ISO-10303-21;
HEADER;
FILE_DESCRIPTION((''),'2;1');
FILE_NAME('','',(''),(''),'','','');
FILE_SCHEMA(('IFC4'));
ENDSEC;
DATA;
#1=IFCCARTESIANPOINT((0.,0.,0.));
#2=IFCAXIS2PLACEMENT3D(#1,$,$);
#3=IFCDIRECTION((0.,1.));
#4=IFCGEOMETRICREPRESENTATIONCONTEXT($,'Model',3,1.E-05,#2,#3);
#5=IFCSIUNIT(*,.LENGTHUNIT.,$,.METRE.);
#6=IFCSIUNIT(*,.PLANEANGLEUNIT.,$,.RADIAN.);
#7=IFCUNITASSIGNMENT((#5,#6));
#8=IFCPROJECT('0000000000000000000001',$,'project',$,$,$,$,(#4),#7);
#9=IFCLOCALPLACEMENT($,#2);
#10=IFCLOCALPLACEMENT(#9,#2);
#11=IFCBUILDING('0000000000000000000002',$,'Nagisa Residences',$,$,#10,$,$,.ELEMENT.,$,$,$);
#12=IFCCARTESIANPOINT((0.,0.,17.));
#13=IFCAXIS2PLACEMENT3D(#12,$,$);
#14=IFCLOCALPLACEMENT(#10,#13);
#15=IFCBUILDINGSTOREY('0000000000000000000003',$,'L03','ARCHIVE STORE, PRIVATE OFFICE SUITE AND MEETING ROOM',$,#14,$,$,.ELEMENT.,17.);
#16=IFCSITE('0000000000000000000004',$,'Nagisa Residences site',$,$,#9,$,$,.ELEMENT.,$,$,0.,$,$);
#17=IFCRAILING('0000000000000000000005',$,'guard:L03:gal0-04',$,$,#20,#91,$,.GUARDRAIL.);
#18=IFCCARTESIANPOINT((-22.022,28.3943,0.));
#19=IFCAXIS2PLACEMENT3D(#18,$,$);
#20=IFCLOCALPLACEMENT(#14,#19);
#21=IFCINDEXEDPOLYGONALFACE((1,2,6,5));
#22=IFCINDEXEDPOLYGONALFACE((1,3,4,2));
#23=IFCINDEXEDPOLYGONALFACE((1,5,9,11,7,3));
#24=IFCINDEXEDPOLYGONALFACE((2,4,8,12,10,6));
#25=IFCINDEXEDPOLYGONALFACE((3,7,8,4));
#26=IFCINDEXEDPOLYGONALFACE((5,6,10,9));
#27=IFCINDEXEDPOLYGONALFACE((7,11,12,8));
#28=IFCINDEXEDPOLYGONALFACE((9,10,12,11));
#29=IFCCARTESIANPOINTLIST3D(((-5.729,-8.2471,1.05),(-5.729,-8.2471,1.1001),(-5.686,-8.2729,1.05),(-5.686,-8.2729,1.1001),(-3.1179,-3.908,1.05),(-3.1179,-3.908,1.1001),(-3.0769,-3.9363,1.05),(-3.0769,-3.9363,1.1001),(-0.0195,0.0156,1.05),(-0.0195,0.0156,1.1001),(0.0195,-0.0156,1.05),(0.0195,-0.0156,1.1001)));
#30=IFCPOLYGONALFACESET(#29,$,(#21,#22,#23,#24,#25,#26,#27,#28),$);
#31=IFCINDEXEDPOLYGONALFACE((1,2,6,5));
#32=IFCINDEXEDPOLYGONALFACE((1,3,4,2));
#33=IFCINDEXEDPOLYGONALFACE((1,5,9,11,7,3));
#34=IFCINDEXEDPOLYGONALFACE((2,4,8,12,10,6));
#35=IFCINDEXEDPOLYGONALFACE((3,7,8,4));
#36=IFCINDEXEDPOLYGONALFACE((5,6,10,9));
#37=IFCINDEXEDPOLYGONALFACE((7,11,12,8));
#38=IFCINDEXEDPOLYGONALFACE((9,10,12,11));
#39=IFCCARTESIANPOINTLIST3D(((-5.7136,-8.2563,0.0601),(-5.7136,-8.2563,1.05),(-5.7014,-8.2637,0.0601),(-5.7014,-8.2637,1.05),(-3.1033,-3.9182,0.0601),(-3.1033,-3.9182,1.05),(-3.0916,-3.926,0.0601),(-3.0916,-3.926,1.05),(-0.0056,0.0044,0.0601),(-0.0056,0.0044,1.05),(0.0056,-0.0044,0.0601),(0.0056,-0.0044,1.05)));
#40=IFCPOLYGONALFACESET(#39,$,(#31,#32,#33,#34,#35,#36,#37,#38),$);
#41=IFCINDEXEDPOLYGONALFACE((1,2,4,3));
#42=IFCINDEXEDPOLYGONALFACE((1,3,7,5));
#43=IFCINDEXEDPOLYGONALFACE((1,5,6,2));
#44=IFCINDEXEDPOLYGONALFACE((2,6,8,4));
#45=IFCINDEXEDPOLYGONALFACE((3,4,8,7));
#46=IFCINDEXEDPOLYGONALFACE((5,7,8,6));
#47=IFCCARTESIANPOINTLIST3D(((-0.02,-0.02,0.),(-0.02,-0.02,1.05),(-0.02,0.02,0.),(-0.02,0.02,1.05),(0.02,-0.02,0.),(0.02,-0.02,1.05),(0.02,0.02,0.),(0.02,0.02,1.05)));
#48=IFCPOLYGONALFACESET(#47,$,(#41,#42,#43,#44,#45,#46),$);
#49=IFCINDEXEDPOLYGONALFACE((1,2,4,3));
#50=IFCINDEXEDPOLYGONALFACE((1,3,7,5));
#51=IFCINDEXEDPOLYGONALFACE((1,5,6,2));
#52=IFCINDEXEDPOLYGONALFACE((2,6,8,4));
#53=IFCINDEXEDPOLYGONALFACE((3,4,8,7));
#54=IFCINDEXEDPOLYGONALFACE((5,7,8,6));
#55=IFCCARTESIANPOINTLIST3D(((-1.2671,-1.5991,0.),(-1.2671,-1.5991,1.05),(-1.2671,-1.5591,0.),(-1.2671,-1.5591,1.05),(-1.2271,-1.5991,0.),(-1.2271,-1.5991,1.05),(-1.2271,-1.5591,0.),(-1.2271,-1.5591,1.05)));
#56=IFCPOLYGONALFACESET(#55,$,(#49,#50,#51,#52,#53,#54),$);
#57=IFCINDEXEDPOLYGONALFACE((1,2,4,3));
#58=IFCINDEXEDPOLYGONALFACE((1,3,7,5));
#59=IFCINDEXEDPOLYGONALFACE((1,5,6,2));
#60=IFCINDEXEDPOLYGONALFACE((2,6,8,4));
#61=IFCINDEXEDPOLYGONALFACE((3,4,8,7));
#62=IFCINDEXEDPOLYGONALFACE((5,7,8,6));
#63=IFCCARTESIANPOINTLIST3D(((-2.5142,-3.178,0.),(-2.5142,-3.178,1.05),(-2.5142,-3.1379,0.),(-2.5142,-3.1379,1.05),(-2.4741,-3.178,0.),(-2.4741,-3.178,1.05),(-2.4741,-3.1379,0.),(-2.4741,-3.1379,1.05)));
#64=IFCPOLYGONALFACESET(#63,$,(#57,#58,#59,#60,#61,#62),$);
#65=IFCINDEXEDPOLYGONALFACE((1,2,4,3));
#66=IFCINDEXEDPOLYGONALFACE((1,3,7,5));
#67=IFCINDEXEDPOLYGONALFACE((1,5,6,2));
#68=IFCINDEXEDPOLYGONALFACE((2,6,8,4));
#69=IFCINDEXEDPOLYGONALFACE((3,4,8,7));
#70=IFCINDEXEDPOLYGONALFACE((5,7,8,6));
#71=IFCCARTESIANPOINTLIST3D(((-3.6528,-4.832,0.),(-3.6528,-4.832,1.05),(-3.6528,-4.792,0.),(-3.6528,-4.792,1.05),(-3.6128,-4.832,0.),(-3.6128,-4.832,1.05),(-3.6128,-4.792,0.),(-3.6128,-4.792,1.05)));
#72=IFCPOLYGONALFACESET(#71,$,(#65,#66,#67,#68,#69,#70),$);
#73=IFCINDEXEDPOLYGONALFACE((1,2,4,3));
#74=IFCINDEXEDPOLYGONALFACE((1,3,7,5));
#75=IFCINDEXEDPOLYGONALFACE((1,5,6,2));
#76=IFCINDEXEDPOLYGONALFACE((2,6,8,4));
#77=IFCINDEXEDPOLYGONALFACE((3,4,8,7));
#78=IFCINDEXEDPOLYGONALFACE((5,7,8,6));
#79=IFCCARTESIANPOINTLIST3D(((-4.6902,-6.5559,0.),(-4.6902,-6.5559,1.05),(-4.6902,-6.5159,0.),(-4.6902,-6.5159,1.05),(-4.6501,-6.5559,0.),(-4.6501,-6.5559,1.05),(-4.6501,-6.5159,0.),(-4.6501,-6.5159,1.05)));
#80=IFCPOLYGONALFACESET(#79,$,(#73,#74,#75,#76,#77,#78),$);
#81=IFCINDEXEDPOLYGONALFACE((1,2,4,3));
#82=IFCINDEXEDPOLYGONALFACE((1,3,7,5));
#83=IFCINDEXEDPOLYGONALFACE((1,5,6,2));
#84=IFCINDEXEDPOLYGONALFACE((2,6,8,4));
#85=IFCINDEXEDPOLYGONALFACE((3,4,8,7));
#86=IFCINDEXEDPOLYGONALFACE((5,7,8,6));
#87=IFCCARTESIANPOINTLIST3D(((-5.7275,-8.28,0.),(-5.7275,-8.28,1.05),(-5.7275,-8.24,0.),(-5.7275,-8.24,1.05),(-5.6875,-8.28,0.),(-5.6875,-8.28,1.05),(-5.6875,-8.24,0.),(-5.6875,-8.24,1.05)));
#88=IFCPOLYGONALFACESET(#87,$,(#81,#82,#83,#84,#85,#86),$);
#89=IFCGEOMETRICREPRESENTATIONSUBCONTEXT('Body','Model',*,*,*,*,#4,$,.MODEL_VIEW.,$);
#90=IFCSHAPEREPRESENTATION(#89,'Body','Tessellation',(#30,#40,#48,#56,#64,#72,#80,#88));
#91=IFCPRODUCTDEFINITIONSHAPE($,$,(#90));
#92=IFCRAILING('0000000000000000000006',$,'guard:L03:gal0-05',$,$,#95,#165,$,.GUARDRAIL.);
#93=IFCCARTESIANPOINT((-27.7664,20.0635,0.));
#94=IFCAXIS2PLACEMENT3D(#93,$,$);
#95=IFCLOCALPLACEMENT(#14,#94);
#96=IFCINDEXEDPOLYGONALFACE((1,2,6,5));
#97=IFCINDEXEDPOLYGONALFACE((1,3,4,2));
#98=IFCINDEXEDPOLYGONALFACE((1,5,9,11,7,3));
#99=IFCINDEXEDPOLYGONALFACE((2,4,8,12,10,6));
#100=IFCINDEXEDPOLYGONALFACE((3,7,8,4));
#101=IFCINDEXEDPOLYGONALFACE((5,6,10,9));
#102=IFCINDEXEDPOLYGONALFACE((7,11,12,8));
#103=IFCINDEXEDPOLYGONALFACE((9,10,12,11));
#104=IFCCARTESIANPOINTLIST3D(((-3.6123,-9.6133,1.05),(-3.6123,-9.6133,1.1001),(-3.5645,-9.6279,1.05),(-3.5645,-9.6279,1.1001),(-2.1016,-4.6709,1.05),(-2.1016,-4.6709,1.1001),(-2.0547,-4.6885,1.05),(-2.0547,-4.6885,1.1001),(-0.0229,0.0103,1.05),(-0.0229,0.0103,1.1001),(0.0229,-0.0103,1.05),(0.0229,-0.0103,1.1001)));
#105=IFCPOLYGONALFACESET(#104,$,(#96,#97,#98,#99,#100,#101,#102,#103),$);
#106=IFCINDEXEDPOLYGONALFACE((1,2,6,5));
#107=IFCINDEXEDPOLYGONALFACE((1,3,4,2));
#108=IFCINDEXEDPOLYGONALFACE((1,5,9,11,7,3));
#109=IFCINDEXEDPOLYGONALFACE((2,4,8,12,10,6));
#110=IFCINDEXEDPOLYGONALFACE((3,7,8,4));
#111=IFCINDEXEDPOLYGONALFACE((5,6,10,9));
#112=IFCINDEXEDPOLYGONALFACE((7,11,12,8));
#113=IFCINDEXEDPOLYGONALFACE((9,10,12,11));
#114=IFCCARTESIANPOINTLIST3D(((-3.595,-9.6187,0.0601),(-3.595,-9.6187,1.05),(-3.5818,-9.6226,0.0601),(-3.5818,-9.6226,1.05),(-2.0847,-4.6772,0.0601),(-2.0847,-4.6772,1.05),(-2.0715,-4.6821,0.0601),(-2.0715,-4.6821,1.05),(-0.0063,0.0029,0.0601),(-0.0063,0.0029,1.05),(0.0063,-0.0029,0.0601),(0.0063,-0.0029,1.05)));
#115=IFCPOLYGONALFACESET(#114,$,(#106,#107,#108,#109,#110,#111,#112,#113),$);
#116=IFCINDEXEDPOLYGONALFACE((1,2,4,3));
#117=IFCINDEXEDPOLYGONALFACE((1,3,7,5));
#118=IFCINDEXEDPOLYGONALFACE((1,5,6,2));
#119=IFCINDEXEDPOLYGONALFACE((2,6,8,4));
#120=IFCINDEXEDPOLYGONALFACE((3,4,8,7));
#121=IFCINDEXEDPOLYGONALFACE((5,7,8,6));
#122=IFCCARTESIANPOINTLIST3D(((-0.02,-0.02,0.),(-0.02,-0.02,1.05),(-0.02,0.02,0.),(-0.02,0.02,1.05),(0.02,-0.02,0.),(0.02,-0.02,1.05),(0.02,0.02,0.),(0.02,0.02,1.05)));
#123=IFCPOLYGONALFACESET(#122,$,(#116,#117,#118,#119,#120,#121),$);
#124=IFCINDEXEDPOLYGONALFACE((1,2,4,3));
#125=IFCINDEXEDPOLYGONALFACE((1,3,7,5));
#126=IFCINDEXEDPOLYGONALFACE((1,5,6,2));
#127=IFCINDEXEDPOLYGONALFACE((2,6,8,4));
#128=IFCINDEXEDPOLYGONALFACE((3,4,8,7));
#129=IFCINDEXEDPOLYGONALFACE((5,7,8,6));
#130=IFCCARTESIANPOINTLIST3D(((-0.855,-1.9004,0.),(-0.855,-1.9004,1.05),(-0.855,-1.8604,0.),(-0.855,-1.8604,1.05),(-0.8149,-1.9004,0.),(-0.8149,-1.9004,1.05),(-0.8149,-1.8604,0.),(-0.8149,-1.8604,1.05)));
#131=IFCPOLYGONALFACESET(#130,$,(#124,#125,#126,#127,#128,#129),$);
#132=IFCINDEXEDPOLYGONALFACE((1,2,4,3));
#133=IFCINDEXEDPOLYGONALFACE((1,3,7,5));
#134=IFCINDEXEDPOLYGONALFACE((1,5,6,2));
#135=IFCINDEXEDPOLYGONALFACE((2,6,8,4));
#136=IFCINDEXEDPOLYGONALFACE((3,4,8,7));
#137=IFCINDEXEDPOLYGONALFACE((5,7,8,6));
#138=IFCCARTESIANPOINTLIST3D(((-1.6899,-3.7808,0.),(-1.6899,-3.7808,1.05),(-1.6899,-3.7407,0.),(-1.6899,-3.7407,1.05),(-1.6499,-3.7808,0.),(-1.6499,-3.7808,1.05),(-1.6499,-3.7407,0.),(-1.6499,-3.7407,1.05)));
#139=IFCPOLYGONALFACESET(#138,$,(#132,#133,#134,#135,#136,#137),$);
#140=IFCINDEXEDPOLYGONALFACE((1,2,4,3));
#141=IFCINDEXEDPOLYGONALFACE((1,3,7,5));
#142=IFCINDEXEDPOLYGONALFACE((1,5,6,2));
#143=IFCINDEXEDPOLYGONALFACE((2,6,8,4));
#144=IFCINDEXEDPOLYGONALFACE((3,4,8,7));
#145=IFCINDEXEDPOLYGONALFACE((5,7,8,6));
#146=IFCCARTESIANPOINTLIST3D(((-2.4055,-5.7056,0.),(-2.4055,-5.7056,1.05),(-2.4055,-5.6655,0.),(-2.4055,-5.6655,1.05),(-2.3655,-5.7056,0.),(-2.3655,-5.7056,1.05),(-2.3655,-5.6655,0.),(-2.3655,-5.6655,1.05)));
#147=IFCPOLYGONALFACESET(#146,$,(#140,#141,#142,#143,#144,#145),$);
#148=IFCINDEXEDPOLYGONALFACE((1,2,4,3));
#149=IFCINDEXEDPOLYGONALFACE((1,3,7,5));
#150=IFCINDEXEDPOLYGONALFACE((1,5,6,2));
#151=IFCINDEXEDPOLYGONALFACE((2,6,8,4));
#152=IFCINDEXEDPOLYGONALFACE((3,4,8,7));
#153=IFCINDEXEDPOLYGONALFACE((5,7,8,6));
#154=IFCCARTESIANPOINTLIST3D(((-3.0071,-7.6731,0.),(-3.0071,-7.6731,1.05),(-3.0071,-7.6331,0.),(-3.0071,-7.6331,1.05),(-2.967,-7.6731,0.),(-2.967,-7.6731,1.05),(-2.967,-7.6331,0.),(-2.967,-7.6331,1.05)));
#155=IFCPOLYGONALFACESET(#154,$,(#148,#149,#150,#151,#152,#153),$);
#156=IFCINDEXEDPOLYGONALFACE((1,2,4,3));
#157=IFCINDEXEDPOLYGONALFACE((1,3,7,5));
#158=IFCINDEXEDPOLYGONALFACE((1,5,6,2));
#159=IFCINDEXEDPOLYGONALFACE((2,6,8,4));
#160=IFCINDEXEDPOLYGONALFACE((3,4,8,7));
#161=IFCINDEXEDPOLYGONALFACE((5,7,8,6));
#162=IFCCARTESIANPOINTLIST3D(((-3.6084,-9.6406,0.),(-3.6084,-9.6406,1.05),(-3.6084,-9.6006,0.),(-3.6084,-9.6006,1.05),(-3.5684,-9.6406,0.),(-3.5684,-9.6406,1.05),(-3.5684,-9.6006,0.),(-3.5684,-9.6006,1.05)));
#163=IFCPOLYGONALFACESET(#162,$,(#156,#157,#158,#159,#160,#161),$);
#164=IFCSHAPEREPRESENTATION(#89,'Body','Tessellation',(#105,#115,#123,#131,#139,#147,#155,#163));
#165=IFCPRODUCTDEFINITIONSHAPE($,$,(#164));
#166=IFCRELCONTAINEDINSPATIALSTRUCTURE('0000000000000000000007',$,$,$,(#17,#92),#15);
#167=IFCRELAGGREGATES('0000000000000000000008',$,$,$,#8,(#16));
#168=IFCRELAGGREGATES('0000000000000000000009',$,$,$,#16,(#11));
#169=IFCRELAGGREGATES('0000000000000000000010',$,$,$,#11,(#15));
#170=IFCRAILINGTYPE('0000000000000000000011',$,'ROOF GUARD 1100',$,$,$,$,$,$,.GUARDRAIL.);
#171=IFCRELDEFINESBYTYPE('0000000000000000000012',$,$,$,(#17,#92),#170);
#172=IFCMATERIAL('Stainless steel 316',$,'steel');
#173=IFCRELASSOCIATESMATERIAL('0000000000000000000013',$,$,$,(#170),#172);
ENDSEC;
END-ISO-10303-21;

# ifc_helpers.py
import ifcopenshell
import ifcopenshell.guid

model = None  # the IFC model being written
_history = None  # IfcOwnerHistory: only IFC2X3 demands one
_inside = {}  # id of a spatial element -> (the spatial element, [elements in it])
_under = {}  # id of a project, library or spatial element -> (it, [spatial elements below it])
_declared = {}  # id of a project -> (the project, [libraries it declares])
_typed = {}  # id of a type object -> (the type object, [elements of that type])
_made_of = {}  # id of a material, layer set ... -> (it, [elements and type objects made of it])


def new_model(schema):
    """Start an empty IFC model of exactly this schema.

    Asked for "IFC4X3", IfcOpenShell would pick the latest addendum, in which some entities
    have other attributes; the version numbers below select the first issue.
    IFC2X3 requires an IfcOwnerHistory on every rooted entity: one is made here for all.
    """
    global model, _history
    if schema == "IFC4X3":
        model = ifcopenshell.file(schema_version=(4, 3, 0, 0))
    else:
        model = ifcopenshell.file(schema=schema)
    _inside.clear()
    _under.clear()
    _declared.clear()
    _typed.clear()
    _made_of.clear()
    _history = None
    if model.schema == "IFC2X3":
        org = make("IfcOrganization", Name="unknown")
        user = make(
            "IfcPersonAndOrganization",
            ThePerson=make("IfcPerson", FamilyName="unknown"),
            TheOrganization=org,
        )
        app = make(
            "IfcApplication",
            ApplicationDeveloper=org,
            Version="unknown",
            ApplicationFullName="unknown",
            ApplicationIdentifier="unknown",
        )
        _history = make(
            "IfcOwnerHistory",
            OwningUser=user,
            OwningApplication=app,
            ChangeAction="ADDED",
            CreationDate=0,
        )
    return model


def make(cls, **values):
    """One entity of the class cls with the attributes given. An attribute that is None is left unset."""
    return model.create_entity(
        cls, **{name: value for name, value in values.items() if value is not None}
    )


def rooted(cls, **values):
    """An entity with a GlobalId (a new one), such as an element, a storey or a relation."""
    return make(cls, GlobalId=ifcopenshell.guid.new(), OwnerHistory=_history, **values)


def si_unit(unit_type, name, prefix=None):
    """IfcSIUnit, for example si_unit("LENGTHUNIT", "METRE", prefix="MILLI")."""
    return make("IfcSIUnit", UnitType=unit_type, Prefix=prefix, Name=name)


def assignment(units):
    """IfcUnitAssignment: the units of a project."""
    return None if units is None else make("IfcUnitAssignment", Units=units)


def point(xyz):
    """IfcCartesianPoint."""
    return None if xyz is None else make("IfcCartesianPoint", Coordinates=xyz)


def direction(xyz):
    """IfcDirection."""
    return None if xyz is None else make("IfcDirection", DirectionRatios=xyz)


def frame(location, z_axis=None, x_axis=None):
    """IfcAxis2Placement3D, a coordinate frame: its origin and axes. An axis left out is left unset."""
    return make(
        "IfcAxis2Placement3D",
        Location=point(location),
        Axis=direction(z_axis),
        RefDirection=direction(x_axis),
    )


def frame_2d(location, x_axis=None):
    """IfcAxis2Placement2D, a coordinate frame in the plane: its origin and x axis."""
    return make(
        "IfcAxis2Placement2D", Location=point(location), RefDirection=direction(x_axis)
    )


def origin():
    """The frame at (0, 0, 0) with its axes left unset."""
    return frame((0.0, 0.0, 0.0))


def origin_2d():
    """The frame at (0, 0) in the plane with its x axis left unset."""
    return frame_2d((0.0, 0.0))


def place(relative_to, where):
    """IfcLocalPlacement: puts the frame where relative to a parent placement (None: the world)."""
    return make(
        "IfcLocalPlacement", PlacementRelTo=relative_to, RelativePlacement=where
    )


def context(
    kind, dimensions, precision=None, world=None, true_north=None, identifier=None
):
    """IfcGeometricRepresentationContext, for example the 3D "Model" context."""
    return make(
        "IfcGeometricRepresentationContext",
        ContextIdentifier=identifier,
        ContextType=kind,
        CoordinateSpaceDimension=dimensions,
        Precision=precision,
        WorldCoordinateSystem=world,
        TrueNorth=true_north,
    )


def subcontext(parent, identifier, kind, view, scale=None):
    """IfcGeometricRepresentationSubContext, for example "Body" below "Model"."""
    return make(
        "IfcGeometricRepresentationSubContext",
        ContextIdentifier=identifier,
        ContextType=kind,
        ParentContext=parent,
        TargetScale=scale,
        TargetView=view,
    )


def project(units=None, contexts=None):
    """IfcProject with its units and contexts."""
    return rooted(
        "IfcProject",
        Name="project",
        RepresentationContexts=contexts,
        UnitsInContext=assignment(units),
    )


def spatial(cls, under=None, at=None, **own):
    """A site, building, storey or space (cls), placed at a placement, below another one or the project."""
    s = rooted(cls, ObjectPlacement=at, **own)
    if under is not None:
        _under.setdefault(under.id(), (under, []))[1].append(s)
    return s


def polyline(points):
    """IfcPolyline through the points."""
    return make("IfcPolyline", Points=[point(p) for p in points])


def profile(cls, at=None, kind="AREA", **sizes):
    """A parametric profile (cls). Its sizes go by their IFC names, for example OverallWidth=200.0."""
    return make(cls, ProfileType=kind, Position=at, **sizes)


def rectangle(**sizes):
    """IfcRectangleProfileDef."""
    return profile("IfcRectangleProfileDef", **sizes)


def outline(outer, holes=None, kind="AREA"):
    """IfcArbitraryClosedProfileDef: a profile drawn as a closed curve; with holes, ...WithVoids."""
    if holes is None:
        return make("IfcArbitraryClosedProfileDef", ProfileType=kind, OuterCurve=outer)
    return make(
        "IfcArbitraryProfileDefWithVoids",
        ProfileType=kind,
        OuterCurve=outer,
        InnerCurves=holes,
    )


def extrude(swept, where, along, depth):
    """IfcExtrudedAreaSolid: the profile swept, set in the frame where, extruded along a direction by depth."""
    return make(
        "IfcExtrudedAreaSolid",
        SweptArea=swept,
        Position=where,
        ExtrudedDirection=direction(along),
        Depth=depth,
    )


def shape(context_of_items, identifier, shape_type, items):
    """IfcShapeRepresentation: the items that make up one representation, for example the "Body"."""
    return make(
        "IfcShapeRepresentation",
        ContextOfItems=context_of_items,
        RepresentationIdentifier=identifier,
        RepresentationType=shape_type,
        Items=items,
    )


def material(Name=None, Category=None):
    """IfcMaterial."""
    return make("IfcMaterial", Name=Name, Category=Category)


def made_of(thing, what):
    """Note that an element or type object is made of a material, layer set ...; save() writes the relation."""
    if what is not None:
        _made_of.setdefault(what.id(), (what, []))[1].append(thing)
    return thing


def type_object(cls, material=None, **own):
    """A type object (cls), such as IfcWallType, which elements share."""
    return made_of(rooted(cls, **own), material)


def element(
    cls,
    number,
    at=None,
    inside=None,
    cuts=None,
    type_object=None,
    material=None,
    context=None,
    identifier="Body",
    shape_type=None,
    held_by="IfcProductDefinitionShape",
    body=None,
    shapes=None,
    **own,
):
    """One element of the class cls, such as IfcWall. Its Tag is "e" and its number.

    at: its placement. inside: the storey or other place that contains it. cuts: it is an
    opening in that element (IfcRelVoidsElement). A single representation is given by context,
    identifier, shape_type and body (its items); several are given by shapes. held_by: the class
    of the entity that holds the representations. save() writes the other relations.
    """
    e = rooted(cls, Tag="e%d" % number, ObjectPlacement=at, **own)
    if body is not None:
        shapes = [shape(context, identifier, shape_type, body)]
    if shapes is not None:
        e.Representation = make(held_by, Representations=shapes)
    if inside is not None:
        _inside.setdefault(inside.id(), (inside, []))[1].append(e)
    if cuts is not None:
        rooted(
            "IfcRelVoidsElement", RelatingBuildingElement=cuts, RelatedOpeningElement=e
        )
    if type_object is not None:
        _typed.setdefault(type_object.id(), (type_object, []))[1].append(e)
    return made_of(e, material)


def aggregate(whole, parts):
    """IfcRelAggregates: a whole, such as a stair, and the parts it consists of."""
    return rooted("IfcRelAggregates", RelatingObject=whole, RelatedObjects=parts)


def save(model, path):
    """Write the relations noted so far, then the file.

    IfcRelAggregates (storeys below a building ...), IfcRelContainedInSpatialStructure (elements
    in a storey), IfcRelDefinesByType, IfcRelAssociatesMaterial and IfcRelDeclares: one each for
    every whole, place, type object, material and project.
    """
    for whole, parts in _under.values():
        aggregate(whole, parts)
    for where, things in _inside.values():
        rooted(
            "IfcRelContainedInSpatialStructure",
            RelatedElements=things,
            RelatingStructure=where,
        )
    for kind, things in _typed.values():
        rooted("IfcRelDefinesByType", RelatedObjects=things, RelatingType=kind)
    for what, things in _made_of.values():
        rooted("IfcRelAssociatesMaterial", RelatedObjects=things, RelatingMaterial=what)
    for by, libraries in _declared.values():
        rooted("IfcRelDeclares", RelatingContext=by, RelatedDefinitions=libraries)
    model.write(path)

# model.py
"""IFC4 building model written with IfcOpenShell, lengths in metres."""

from ifc_helpers import new_model, si_unit, direction, frame, origin, origin_2d, place, context, subcontext, project, spatial, polyline, rectangle, outline, extrude, material, type_object, element, save


model = new_model("IFC4")

# Units and contexts
model_context = context("Model", 3, precision=1e-05, world=origin(), true_north=direction((0.0, 1.0)))
body_context = subcontext(model_context, "Body", "Model", "MODEL_VIEW")
ifc_project = project(units=[si_unit("LENGTHUNIT", "METRE"), si_unit("PLANEANGLEUNIT", "RADIAN")], contexts=[model_context])

# Site, building, storey
site_placement = place(None, origin())
site = spatial("IfcSite", under=ifc_project, at=site_placement, Name="Nagisa Residences site", CompositionType="ELEMENT", RefElevation=0.0)
building_placement = place(site_placement, origin())
building = spatial("IfcBuilding", under=site, at=building_placement, Name="Nagisa Residences", CompositionType="ELEMENT")
storey_placement = place(building_placement, frame((0.0, 0.0, 17.0)))
storey = spatial("IfcBuildingStorey", under=building, at=storey_placement, Name="L03", Description="ARCHIVE STORE, PRIVATE OFFICE SUITE AND MEETING ROOM", CompositionType="ELEMENT", Elevation=17.0)

# Railings
ifc_material_1 = material(Name="Stainless steel 316", Category="steel")
railing_type = type_object("IfcRailingType", Name="ROOF GUARD 1100", PredefinedType="GUARDRAIL", material=ifc_material_1)
railing_1_placement = place(storey_placement, frame((-22.022, 28.3943, 0.0)))
element("IfcRailing", 1, at=railing_1_placement, inside=storey, type_object=railing_type, Name="guard:L03:gal0-04", PredefinedType="GUARDRAIL", context=body_context, shape_type="SweptSolid", body=[
    extrude(outline(polyline([(-3.0769, -3.9363), (0.0195, -0.0156), (-0.0195, 0.0156), (-3.1179, -3.908), (-5.729, -8.2471), (-5.686, -8.2729), (-3.0769, -3.9363)])), frame((0.0, 0.0, 1.05)), (0.0, 0.0, 1.0), 0.05),
    extrude(outline(polyline([(-3.0916, -3.926), (0.0056, -0.0044), (-0.0056, 0.0044), (-3.1033, -3.9182), (-5.7136, -8.2563), (-5.7014, -8.2637), (-3.0916, -3.926)])), frame((0.0, 0.0, 0.0601)), (0.0, 0.0, 1.0), 0.99),
    extrude(rectangle(XDim=0.04, YDim=0.04, at=origin_2d()), origin(), (0.0, 0.0, 1.0), 1.05),
    extrude(rectangle(XDim=0.04, YDim=0.04, at=origin_2d()), frame((-1.2471, -1.5791, 0.0)), (0.0, 0.0, 1.0), 1.05),
    extrude(rectangle(XDim=0.04, YDim=0.04, at=origin_2d()), frame((-2.4941, -3.158, 0.0)), (0.0, 0.0, 1.0), 1.05),
    extrude(rectangle(XDim=0.04, YDim=0.04, at=origin_2d()), frame((-3.6328, -4.812, 0.0)), (0.0, 0.0, 1.0), 1.05),
    extrude(rectangle(XDim=0.04, YDim=0.04, at=origin_2d()), frame((-4.6702, -6.5359, 0.0)), (0.0, 0.0, 1.0), 1.05),
    extrude(rectangle(XDim=0.04, YDim=0.04, at=origin_2d()), frame((-5.7075, -8.26, 0.0)), (0.0, 0.0, 1.0), 1.05),
])
railing_2_placement = place(storey_placement, frame((-27.7664, 20.0635, 0.0)))
element("IfcRailing", 2, at=railing_2_placement, inside=storey, type_object=railing_type, Name="guard:L03:gal0-05", PredefinedType="GUARDRAIL", context=body_context, shape_type="SweptSolid", body=[
    extrude(outline(polyline([(-2.0547, -4.6885), (0.0229, -0.0103), (-0.0229, 0.0103), (-2.1016, -4.6709), (-3.6123, -9.6133), (-3.5645, -9.6279), (-2.0547, -4.6885)])), frame((0.0, 0.0, 1.05)), (0.0, 0.0, 1.0), 0.05),
    extrude(outline(polyline([(-2.0715, -4.6821), (0.0063, -0.0029), (-0.0063, 0.0029), (-2.0847, -4.6772), (-3.595, -9.6187), (-3.5818, -9.6226), (-2.0715, -4.6821)])), frame((0.0, 0.0, 0.0601)), (0.0, 0.0, 1.0), 0.99),
    extrude(rectangle(XDim=0.04, YDim=0.04, at=origin_2d()), origin(), (0.0, 0.0, 1.0), 1.05),
    extrude(rectangle(XDim=0.04, YDim=0.04, at=origin_2d()), frame((-0.835, -1.8804, 0.0)), (0.0, 0.0, 1.0), 1.05),
    extrude(rectangle(XDim=0.04, YDim=0.04, at=origin_2d()), frame((-1.6699, -3.7607, 0.0)), (0.0, 0.0, 1.0), 1.05),
    extrude(rectangle(XDim=0.04, YDim=0.04, at=origin_2d()), frame((-2.3855, -5.6855, 0.0)), (0.0, 0.0, 1.0), 1.05),
    extrude(rectangle(XDim=0.04, YDim=0.04, at=origin_2d()), frame((-2.9871, -7.6531, 0.0)), (0.0, 0.0, 1.0), 1.05),
    extrude(rectangle(XDim=0.04, YDim=0.04, at=origin_2d()), frame((-3.5884, -9.6206, 0.0)), (0.0, 0.0, 1.0), 1.05),
])

save(model, "model.ifc")
